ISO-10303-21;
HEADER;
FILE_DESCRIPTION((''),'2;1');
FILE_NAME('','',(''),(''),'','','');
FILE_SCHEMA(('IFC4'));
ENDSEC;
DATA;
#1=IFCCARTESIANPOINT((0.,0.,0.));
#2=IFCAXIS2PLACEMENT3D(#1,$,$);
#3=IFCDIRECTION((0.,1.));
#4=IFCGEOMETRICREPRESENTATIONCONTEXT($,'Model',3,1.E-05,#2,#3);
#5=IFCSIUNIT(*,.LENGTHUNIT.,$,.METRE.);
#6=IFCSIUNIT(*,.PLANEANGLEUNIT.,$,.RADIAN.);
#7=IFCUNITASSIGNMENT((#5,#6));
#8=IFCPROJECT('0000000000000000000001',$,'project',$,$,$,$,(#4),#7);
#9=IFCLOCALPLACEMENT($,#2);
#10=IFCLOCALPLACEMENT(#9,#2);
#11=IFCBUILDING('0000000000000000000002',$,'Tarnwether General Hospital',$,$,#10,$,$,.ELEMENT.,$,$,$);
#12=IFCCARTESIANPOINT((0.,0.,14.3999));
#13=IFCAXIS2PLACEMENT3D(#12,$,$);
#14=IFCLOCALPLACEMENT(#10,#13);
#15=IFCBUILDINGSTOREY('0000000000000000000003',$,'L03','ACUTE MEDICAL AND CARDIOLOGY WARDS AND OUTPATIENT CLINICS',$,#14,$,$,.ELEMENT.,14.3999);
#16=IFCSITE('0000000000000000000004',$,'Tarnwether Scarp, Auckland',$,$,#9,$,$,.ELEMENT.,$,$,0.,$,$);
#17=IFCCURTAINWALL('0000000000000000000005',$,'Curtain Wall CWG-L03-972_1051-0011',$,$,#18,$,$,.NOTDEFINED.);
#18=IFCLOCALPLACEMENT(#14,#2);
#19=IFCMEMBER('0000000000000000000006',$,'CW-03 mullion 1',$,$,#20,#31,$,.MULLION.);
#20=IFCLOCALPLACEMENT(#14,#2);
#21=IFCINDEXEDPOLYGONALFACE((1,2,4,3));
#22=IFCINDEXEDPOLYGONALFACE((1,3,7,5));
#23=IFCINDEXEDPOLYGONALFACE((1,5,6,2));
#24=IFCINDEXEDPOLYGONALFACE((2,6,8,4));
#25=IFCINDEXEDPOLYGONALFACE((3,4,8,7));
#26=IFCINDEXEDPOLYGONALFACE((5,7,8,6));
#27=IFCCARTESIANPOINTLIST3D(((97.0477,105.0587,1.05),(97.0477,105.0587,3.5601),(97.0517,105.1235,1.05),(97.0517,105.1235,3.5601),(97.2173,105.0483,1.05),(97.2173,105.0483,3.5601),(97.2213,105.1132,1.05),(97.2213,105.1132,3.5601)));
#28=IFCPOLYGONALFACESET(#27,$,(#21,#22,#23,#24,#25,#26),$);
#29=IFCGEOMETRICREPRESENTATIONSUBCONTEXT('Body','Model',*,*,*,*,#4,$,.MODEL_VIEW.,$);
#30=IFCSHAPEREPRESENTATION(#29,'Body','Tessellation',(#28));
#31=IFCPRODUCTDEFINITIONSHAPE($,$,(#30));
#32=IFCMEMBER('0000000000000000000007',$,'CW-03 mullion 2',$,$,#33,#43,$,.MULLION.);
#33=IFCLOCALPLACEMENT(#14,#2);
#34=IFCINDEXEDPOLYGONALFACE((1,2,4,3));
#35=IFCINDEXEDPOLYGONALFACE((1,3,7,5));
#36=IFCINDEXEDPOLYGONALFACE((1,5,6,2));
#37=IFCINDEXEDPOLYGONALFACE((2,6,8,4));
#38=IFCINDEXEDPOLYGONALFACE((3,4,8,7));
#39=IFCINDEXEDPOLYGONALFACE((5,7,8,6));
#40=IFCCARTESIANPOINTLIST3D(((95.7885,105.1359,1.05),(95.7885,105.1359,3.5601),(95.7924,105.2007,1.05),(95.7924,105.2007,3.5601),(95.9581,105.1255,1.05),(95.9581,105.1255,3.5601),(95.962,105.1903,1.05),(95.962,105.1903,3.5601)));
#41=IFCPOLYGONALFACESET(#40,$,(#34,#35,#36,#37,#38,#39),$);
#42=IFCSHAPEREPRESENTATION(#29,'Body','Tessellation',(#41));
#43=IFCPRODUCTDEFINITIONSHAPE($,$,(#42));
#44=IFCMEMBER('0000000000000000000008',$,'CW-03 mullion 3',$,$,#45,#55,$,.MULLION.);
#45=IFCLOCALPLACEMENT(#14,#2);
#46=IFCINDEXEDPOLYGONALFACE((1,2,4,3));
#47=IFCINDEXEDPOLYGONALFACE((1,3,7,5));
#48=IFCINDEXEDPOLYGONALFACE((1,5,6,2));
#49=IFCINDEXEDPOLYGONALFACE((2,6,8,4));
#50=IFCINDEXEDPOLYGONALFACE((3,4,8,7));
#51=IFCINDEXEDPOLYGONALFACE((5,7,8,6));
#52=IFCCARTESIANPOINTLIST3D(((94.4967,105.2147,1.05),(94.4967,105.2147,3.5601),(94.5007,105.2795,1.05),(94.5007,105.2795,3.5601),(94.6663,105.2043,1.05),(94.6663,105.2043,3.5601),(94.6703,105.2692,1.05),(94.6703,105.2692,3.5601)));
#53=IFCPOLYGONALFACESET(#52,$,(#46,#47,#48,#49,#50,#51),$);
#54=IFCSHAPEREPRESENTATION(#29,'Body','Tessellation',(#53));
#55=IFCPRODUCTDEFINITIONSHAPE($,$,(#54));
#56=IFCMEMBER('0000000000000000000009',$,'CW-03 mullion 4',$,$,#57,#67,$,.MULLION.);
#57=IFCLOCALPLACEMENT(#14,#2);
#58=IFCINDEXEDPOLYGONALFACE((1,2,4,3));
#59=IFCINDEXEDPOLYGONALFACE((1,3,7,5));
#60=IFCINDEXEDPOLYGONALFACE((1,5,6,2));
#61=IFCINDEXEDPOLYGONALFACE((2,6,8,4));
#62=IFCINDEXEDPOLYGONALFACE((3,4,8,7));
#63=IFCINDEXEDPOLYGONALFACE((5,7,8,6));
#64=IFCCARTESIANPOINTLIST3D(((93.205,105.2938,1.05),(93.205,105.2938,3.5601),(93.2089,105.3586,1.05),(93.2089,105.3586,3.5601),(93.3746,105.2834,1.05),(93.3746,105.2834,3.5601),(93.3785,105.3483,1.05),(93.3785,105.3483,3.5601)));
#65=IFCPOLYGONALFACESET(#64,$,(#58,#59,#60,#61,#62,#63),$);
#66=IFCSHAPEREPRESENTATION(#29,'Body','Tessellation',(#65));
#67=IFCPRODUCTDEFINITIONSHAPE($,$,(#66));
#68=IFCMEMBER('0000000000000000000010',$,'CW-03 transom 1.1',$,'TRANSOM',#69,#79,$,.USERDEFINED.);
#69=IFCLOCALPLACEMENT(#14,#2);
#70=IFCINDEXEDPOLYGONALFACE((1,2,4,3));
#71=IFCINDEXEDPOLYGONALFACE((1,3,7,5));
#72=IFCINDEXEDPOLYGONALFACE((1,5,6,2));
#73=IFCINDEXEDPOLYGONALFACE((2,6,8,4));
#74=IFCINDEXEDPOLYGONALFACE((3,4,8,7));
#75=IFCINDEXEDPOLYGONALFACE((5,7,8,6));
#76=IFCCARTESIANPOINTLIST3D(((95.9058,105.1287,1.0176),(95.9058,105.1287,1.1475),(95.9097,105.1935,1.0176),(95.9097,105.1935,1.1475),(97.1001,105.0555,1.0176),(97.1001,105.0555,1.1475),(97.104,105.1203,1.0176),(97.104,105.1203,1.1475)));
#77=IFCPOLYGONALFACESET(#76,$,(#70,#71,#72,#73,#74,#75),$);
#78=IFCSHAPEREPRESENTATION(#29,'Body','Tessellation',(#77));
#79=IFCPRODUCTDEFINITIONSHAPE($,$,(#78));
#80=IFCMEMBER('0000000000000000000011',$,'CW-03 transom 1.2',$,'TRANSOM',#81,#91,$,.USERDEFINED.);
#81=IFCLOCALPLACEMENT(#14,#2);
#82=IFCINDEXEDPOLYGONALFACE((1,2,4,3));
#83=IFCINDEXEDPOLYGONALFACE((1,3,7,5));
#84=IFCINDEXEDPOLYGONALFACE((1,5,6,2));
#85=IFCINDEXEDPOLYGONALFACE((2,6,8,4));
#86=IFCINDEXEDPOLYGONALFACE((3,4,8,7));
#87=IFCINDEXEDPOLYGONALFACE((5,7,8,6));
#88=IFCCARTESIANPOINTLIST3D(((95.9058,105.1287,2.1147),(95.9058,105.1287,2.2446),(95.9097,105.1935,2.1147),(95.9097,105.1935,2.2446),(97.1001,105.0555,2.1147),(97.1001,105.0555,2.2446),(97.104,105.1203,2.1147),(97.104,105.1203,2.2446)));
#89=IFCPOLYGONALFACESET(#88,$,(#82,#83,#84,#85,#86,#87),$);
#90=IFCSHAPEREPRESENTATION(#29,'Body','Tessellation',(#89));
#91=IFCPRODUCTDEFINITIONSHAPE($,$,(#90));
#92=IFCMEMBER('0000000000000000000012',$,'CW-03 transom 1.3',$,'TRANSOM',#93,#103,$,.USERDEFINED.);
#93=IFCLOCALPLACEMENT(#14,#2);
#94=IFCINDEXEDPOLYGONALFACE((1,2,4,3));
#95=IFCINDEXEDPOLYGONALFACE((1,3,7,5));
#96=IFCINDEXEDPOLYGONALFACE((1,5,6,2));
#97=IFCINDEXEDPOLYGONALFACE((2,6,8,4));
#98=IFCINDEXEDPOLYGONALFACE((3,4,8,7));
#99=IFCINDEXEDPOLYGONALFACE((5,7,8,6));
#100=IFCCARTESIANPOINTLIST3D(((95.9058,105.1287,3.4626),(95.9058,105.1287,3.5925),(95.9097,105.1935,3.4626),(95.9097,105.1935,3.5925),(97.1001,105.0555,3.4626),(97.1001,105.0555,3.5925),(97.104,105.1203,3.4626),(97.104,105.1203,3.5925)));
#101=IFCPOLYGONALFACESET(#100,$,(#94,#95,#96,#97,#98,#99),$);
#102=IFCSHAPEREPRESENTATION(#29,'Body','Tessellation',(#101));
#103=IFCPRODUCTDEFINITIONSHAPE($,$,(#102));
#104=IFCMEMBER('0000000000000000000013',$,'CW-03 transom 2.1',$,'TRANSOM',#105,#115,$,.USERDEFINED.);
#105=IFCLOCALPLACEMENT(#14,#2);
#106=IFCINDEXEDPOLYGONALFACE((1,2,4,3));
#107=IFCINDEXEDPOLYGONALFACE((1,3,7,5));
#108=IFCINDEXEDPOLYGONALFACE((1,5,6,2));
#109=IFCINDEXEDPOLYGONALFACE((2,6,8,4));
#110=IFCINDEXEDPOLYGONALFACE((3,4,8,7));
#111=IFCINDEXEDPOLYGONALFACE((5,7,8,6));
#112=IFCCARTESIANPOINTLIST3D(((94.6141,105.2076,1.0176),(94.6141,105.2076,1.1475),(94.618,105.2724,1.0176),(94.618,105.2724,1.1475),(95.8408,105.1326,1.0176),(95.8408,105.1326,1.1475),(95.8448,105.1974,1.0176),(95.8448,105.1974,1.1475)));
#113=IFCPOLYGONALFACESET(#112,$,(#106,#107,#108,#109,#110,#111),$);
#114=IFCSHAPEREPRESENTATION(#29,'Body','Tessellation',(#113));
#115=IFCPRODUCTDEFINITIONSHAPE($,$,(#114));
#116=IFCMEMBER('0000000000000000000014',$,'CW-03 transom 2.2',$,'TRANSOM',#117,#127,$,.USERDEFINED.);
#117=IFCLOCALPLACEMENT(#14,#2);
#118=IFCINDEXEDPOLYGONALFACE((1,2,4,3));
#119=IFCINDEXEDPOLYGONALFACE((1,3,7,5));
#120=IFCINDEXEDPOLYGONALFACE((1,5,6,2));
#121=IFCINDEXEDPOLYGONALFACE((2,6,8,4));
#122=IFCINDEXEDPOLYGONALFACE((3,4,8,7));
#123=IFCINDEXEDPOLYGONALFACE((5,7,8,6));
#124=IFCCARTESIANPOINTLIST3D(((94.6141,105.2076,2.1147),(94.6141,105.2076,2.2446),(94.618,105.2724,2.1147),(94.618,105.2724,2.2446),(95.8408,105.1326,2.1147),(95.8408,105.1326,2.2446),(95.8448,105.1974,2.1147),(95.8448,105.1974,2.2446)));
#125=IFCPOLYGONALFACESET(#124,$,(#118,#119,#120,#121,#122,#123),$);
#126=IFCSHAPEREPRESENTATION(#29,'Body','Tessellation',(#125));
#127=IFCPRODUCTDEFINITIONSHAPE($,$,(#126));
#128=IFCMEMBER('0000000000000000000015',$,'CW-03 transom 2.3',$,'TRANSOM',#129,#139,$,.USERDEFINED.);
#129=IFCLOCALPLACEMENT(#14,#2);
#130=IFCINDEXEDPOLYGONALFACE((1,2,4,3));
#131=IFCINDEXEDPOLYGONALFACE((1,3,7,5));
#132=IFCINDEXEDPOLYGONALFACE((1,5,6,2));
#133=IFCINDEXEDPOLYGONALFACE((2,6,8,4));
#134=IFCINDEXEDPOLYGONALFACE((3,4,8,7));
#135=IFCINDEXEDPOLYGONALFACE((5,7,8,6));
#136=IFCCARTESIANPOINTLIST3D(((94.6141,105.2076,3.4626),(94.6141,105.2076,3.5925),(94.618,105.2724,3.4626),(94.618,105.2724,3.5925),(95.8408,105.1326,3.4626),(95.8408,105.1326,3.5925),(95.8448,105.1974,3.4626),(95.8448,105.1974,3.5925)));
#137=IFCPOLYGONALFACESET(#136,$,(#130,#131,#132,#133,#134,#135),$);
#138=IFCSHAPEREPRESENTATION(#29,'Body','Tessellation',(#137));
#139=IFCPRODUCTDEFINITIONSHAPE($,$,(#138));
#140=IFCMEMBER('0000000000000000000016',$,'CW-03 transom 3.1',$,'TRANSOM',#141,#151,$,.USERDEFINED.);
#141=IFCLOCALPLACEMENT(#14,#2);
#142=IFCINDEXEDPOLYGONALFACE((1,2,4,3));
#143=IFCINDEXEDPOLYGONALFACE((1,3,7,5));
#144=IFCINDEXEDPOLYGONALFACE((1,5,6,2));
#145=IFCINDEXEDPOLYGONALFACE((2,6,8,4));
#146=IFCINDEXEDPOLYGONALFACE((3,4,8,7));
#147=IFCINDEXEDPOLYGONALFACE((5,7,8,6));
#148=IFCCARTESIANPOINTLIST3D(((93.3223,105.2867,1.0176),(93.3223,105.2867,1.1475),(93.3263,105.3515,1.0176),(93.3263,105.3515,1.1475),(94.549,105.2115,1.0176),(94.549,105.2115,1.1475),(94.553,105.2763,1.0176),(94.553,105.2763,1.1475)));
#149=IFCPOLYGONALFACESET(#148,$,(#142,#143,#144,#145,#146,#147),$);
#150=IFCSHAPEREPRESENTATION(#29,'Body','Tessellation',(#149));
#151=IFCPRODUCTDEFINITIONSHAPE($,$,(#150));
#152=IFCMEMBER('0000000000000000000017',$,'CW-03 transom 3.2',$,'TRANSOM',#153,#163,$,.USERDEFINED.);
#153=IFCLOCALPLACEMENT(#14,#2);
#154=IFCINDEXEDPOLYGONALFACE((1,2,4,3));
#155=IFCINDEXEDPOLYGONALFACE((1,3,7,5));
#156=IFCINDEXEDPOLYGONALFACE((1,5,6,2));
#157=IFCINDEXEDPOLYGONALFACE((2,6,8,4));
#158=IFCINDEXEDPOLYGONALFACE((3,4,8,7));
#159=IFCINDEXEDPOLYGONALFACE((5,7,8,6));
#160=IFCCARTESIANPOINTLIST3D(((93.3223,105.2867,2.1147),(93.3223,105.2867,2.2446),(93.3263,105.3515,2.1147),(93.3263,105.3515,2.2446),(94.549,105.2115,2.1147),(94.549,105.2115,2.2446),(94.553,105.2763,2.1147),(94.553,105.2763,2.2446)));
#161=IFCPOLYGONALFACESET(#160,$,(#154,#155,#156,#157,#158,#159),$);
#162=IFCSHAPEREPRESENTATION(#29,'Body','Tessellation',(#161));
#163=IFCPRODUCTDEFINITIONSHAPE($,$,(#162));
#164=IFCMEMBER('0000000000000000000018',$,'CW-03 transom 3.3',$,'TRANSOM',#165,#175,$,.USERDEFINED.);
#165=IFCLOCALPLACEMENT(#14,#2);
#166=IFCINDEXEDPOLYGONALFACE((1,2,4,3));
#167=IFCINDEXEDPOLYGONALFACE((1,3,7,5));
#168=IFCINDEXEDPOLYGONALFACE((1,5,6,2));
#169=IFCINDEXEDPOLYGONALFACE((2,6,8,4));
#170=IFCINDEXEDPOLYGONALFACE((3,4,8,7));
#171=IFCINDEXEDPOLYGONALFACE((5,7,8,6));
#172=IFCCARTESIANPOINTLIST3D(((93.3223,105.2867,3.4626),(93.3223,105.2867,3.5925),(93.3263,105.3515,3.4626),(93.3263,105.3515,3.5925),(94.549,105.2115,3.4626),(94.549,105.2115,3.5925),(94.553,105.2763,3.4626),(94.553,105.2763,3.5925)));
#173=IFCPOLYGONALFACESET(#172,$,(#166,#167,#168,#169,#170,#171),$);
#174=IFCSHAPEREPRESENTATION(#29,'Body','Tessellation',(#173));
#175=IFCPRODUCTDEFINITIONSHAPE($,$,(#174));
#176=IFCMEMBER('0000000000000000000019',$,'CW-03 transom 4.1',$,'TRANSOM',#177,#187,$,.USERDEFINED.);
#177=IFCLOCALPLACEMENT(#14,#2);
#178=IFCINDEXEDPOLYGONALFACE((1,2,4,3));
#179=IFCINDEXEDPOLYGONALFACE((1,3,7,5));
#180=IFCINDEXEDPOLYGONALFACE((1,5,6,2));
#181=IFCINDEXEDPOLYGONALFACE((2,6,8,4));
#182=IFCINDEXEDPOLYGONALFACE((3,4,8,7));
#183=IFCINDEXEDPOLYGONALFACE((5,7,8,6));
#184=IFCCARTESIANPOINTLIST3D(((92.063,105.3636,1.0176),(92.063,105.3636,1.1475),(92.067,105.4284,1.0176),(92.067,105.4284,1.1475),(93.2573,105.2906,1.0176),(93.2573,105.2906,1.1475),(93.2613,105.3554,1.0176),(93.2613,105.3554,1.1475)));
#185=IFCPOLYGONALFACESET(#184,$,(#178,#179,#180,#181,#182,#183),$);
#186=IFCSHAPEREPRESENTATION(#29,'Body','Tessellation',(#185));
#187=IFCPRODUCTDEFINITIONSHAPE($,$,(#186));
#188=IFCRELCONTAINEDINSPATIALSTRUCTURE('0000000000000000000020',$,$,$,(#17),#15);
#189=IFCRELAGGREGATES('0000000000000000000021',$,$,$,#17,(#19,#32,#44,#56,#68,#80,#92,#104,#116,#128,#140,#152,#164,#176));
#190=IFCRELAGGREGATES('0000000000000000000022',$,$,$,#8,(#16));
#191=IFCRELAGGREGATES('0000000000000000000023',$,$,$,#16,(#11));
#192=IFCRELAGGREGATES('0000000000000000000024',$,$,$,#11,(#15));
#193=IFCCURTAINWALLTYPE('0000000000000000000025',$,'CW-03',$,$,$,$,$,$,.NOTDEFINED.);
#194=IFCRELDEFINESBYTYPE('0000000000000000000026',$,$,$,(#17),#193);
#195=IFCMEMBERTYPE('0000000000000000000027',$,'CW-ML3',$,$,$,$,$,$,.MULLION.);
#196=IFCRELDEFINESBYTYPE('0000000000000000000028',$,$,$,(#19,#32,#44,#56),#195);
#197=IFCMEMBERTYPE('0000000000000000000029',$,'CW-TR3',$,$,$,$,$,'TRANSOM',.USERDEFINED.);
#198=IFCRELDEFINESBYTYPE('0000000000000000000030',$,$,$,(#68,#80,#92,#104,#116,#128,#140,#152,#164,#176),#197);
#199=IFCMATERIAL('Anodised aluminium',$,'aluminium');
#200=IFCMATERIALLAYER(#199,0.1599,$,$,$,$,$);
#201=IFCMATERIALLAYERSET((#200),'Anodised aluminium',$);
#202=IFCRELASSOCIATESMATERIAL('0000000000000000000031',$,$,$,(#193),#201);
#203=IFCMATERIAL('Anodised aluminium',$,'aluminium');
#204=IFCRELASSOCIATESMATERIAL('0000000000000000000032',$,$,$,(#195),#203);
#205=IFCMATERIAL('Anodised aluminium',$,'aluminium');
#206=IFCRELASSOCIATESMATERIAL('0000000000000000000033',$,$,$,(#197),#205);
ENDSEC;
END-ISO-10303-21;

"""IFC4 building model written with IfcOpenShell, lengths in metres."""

from ifc_helpers import new_model, si_unit, direction, frame, origin, origin_2d, place, context, subcontext, project, spatial, rectangle, extrude, material, layer, layer_set, material_profile, profile_set, type_object, element, aggregate, save


model = new_model("IFC4")

# Units and contexts
model_context = context("Model", 3, precision=1e-05, world=origin(), true_north=direction((0.0, 1.0)))
body_context = subcontext(model_context, "Body", "Model", "MODEL_VIEW")
ifc_project = project(units=[si_unit("LENGTHUNIT", "METRE"), si_unit("PLANEANGLEUNIT", "RADIAN")], contexts=[model_context])

# Site, building, storey
site_placement = place(None, origin())
site = spatial("IfcSite", under=ifc_project, at=site_placement, Name="Tarnwether Scarp, Auckland", CompositionType="ELEMENT", RefElevation=0.0)
building_placement = place(site_placement, origin())
building = spatial("IfcBuilding", under=site, at=building_placement, Name="Tarnwether General Hospital", CompositionType="ELEMENT")
storey_placement = place(building_placement, frame((0.0, 0.0, 14.3999)))
storey = spatial("IfcBuildingStorey", under=building, at=storey_placement, Name="L03", Description="ACUTE MEDICAL AND CARDIOLOGY WARDS AND OUTPATIENT CLINICS", CompositionType="ELEMENT", Elevation=14.3999)

# Curtain wall, members
ifc_material_1 = material(Name="Anodised aluminium", Category="aluminium")
ifc_layer_1 = layer(ifc_material_1, 0.1599)
ifc_layer_set_1 = layer_set([ifc_layer_1], Name="Anodised aluminium")
curtain_wall_type = type_object("IfcCurtainWallType", Name="CW-03", PredefinedType="NOTDEFINED", material=ifc_layer_set_1)
curtain_wall_placement = place(storey_placement, origin())
curtain_wall = element("IfcCurtainWall", 1, at=curtain_wall_placement, inside=storey, type_object=curtain_wall_type, Name="Curtain Wall CWG-L03-972_1051-0011", PredefinedType="NOTDEFINED")
ifc_material_2 = material(Name="Anodised aluminium", Category="aluminium")
ifc_material_profile_1 = material_profile(ifc_material_2, rectangle(XDim=0.0649, YDim=0.1699, at=origin_2d()), Name="ALU-MUL-65x170")
ifc_profile_set_1 = profile_set([ifc_material_profile_1], Name="Anodised aluminium")
member_type_1 = type_object("IfcMemberType", Name="CW-ML3", PredefinedType="MULLION", material=ifc_profile_set_1)
member_1_placement = place(storey_placement, frame((97.1345, 105.0859, 1.05), z_axis=(0.0, 0.0, 1.0), x_axis=(-0.061043, -0.998135, 0.0)))
member_1 = element("IfcMember", 2, at=member_1_placement, type_object=member_type_1, Name="CW-03 mullion 1", PredefinedType="MULLION", context=body_context, shape_type="SweptSolid", body=[
    extrude(rectangle(XDim=0.0649, YDim=0.1699, at=origin_2d()), origin(), (0.0, 0.0, 1.0), 2.51),
])
member_2_placement = place(storey_placement, frame((95.8752, 105.1631, 1.05), z_axis=(0.0, 0.0, 1.0), x_axis=(-0.061043, -0.998135, 0.0)))
member_2 = element("IfcMember", 3, at=member_2_placement, type_object=member_type_1, Name="CW-03 mullion 2", PredefinedType="MULLION", context=body_context, shape_type="SweptSolid", body=[
    extrude(rectangle(XDim=0.0649, YDim=0.1699, at=origin_2d()), origin(), (0.0, 0.0, 1.0), 2.51),
])
member_3_placement = place(storey_placement, frame((94.5835, 105.2419, 1.05), z_axis=(0.0, 0.0, 1.0), x_axis=(-0.061043, -0.998135, 0.0)))
member_3 = element("IfcMember", 4, at=member_3_placement, type_object=member_type_1, Name="CW-03 mullion 3", PredefinedType="MULLION", context=body_context, shape_type="SweptSolid", body=[
    extrude(rectangle(XDim=0.0649, YDim=0.1699, at=origin_2d()), origin(), (0.0, 0.0, 1.0), 2.51),
])
member_4_placement = place(storey_placement, frame((93.2917, 105.321, 1.05), z_axis=(0.0, 0.0, 1.0), x_axis=(-0.061043, -0.998135, 0.0)))
member_4 = element("IfcMember", 5, at=member_4_placement, type_object=member_type_1, Name="CW-03 mullion 4", PredefinedType="MULLION", context=body_context, shape_type="SweptSolid", body=[
    extrude(rectangle(XDim=0.0649, YDim=0.1699, at=origin_2d()), origin(), (0.0, 0.0, 1.0), 2.51),
])
ifc_material_3 = material(Name="Anodised aluminium", Category="aluminium")
ifc_material_profile_2 = material_profile(ifc_material_3, rectangle(XDim=0.0649, YDim=0.1299, at=origin_2d()), Name="ALU-TRN-65x130")
ifc_profile_set_2 = profile_set([ifc_material_profile_2], Name="Anodised aluminium")
member_type_2 = type_object("IfcMemberType", Name="CW-TR3", ElementType="TRANSOM", PredefinedType="USERDEFINED", material=ifc_profile_set_2)
member_5_placement = place(storey_placement, frame((97.1021, 105.0879, 1.0825), z_axis=(-0.998125, 0.06121, 0.0), x_axis=(-0.06121, -0.998125, 0.0)))
member_5 = element("IfcMember", 6, at=member_5_placement, type_object=member_type_2, Name="CW-03 transom 1.1", ObjectType="TRANSOM", PredefinedType="USERDEFINED", context=body_context, shape_type="SweptSolid", body=[
    extrude(rectangle(XDim=0.0649, YDim=0.1299, at=origin_2d()), origin(), (0.0, 0.0, 1.0), 1.1965),
])
member_6_placement = place(storey_placement, frame((97.1021, 105.0879, 2.1797), z_axis=(-0.998125, 0.06121, 0.0), x_axis=(-0.06121, -0.998125, 0.0)))
member_6 = element("IfcMember", 7, at=member_6_placement, type_object=member_type_2, Name="CW-03 transom 1.2", ObjectType="TRANSOM", PredefinedType="USERDEFINED", context=body_context, shape_type="SweptSolid", body=[
    extrude(rectangle(XDim=0.0649, YDim=0.1299, at=origin_2d()), origin(), (0.0, 0.0, 1.0), 1.1965),
])
member_7_placement = place(storey_placement, frame((97.1021, 105.0879, 3.5276), z_axis=(-0.998125, 0.06121, 0.0), x_axis=(-0.06121, -0.998125, 0.0)))
member_7 = element("IfcMember", 8, at=member_7_placement, type_object=member_type_2, Name="CW-03 transom 1.3", ObjectType="TRANSOM", PredefinedType="USERDEFINED", context=body_context, shape_type="SweptSolid", body=[
    extrude(rectangle(XDim=0.0649, YDim=0.1299, at=origin_2d()), origin(), (0.0, 0.0, 1.0), 1.1965),
])
member_8_placement = place(storey_placement, frame((95.8428, 105.165, 1.0825), z_axis=(-0.998139, 0.060981, 0.0), x_axis=(-0.060981, -0.998139, 0.0)))
member_8 = element("IfcMember", 9, at=member_8_placement, type_object=member_type_2, Name="CW-03 transom 2.1", ObjectType="TRANSOM", PredefinedType="USERDEFINED", context=body_context, shape_type="SweptSolid", body=[
    extrude(rectangle(XDim=0.0649, YDim=0.1299, at=origin_2d()), origin(), (0.0, 0.0, 1.0), 1.229),
])
member_9_placement = place(storey_placement, frame((95.8428, 105.165, 2.1797), z_axis=(-0.998139, 0.060981, 0.0), x_axis=(-0.060981, -0.998139, 0.0)))
member_9 = element("IfcMember", 10, at=member_9_placement, type_object=member_type_2, Name="CW-03 transom 2.2", ObjectType="TRANSOM", PredefinedType="USERDEFINED", context=body_context, shape_type="SweptSolid", body=[
    extrude(rectangle(XDim=0.0649, YDim=0.1299, at=origin_2d()), origin(), (0.0, 0.0, 1.0), 1.229),
])
member_10_placement = place(storey_placement, frame((95.8428, 105.165, 3.5276), z_axis=(-0.998139, 0.060981, 0.0), x_axis=(-0.060981, -0.998139, 0.0)))
member_10 = element("IfcMember", 11, at=member_10_placement, type_object=member_type_2, Name="CW-03 transom 2.3", ObjectType="TRANSOM", PredefinedType="USERDEFINED", context=body_context, shape_type="SweptSolid", body=[
    extrude(rectangle(XDim=0.0649, YDim=0.1299, at=origin_2d()), origin(), (0.0, 0.0, 1.0), 1.229),
])
member_11_placement = place(storey_placement, frame((94.551, 105.2439, 1.0825), z_axis=(-0.998127, 0.061179, 0.0), x_axis=(-0.061179, -0.998127, 0.0)))
member_11 = element("IfcMember", 12, at=member_11_placement, type_object=member_type_2, Name="CW-03 transom 3.1", ObjectType="TRANSOM", PredefinedType="USERDEFINED", context=body_context, shape_type="SweptSolid", body=[
    extrude(rectangle(XDim=0.0649, YDim=0.1299, at=origin_2d()), origin(), (0.0, 0.0, 1.0), 1.229),
])
member_12_placement = place(storey_placement, frame((94.551, 105.2439, 2.1797), z_axis=(-0.998127, 0.061179, 0.0), x_axis=(-0.061179, -0.998127, 0.0)))
member_12 = element("IfcMember", 13, at=member_12_placement, type_object=member_type_2, Name="CW-03 transom 3.2", ObjectType="TRANSOM", PredefinedType="USERDEFINED", context=body_context, shape_type="SweptSolid", body=[
    extrude(rectangle(XDim=0.0649, YDim=0.1299, at=origin_2d()), origin(), (0.0, 0.0, 1.0), 1.229),
])
member_13_placement = place(storey_placement, frame((94.551, 105.2439, 3.5276), z_axis=(-0.998127, 0.061179, 0.0), x_axis=(-0.061179, -0.998127, 0.0)))
member_13 = element("IfcMember", 14, at=member_13_placement, type_object=member_type_2, Name="CW-03 transom 3.3", ObjectType="TRANSOM", PredefinedType="USERDEFINED", context=body_context, shape_type="SweptSolid", body=[
    extrude(rectangle(XDim=0.0649, YDim=0.1299, at=origin_2d()), origin(), (0.0, 0.0, 1.0), 1.229),
])
member_14_placement = place(storey_placement, frame((93.2593, 105.323, 1.0825), z_axis=(-0.998137, 0.061006, 0.0), x_axis=(-0.061006, -0.998137, 0.0)))
member_14 = element("IfcMember", 15, at=member_14_placement, type_object=member_type_2, Name="CW-03 transom 4.1", ObjectType="TRANSOM", PredefinedType="USERDEFINED", context=body_context, shape_type="SweptSolid", body=[
    extrude(rectangle(XDim=0.0649, YDim=0.1299, at=origin_2d()), origin(), (0.0, 0.0, 1.0), 1.1965),
])
aggregate(curtain_wall, [member_1, member_2, member_3, member_4, member_5, member_6, member_7, member_8, member_9, member_10, member_11, member_12, member_13, member_14])

save(model, "model.ifc")
